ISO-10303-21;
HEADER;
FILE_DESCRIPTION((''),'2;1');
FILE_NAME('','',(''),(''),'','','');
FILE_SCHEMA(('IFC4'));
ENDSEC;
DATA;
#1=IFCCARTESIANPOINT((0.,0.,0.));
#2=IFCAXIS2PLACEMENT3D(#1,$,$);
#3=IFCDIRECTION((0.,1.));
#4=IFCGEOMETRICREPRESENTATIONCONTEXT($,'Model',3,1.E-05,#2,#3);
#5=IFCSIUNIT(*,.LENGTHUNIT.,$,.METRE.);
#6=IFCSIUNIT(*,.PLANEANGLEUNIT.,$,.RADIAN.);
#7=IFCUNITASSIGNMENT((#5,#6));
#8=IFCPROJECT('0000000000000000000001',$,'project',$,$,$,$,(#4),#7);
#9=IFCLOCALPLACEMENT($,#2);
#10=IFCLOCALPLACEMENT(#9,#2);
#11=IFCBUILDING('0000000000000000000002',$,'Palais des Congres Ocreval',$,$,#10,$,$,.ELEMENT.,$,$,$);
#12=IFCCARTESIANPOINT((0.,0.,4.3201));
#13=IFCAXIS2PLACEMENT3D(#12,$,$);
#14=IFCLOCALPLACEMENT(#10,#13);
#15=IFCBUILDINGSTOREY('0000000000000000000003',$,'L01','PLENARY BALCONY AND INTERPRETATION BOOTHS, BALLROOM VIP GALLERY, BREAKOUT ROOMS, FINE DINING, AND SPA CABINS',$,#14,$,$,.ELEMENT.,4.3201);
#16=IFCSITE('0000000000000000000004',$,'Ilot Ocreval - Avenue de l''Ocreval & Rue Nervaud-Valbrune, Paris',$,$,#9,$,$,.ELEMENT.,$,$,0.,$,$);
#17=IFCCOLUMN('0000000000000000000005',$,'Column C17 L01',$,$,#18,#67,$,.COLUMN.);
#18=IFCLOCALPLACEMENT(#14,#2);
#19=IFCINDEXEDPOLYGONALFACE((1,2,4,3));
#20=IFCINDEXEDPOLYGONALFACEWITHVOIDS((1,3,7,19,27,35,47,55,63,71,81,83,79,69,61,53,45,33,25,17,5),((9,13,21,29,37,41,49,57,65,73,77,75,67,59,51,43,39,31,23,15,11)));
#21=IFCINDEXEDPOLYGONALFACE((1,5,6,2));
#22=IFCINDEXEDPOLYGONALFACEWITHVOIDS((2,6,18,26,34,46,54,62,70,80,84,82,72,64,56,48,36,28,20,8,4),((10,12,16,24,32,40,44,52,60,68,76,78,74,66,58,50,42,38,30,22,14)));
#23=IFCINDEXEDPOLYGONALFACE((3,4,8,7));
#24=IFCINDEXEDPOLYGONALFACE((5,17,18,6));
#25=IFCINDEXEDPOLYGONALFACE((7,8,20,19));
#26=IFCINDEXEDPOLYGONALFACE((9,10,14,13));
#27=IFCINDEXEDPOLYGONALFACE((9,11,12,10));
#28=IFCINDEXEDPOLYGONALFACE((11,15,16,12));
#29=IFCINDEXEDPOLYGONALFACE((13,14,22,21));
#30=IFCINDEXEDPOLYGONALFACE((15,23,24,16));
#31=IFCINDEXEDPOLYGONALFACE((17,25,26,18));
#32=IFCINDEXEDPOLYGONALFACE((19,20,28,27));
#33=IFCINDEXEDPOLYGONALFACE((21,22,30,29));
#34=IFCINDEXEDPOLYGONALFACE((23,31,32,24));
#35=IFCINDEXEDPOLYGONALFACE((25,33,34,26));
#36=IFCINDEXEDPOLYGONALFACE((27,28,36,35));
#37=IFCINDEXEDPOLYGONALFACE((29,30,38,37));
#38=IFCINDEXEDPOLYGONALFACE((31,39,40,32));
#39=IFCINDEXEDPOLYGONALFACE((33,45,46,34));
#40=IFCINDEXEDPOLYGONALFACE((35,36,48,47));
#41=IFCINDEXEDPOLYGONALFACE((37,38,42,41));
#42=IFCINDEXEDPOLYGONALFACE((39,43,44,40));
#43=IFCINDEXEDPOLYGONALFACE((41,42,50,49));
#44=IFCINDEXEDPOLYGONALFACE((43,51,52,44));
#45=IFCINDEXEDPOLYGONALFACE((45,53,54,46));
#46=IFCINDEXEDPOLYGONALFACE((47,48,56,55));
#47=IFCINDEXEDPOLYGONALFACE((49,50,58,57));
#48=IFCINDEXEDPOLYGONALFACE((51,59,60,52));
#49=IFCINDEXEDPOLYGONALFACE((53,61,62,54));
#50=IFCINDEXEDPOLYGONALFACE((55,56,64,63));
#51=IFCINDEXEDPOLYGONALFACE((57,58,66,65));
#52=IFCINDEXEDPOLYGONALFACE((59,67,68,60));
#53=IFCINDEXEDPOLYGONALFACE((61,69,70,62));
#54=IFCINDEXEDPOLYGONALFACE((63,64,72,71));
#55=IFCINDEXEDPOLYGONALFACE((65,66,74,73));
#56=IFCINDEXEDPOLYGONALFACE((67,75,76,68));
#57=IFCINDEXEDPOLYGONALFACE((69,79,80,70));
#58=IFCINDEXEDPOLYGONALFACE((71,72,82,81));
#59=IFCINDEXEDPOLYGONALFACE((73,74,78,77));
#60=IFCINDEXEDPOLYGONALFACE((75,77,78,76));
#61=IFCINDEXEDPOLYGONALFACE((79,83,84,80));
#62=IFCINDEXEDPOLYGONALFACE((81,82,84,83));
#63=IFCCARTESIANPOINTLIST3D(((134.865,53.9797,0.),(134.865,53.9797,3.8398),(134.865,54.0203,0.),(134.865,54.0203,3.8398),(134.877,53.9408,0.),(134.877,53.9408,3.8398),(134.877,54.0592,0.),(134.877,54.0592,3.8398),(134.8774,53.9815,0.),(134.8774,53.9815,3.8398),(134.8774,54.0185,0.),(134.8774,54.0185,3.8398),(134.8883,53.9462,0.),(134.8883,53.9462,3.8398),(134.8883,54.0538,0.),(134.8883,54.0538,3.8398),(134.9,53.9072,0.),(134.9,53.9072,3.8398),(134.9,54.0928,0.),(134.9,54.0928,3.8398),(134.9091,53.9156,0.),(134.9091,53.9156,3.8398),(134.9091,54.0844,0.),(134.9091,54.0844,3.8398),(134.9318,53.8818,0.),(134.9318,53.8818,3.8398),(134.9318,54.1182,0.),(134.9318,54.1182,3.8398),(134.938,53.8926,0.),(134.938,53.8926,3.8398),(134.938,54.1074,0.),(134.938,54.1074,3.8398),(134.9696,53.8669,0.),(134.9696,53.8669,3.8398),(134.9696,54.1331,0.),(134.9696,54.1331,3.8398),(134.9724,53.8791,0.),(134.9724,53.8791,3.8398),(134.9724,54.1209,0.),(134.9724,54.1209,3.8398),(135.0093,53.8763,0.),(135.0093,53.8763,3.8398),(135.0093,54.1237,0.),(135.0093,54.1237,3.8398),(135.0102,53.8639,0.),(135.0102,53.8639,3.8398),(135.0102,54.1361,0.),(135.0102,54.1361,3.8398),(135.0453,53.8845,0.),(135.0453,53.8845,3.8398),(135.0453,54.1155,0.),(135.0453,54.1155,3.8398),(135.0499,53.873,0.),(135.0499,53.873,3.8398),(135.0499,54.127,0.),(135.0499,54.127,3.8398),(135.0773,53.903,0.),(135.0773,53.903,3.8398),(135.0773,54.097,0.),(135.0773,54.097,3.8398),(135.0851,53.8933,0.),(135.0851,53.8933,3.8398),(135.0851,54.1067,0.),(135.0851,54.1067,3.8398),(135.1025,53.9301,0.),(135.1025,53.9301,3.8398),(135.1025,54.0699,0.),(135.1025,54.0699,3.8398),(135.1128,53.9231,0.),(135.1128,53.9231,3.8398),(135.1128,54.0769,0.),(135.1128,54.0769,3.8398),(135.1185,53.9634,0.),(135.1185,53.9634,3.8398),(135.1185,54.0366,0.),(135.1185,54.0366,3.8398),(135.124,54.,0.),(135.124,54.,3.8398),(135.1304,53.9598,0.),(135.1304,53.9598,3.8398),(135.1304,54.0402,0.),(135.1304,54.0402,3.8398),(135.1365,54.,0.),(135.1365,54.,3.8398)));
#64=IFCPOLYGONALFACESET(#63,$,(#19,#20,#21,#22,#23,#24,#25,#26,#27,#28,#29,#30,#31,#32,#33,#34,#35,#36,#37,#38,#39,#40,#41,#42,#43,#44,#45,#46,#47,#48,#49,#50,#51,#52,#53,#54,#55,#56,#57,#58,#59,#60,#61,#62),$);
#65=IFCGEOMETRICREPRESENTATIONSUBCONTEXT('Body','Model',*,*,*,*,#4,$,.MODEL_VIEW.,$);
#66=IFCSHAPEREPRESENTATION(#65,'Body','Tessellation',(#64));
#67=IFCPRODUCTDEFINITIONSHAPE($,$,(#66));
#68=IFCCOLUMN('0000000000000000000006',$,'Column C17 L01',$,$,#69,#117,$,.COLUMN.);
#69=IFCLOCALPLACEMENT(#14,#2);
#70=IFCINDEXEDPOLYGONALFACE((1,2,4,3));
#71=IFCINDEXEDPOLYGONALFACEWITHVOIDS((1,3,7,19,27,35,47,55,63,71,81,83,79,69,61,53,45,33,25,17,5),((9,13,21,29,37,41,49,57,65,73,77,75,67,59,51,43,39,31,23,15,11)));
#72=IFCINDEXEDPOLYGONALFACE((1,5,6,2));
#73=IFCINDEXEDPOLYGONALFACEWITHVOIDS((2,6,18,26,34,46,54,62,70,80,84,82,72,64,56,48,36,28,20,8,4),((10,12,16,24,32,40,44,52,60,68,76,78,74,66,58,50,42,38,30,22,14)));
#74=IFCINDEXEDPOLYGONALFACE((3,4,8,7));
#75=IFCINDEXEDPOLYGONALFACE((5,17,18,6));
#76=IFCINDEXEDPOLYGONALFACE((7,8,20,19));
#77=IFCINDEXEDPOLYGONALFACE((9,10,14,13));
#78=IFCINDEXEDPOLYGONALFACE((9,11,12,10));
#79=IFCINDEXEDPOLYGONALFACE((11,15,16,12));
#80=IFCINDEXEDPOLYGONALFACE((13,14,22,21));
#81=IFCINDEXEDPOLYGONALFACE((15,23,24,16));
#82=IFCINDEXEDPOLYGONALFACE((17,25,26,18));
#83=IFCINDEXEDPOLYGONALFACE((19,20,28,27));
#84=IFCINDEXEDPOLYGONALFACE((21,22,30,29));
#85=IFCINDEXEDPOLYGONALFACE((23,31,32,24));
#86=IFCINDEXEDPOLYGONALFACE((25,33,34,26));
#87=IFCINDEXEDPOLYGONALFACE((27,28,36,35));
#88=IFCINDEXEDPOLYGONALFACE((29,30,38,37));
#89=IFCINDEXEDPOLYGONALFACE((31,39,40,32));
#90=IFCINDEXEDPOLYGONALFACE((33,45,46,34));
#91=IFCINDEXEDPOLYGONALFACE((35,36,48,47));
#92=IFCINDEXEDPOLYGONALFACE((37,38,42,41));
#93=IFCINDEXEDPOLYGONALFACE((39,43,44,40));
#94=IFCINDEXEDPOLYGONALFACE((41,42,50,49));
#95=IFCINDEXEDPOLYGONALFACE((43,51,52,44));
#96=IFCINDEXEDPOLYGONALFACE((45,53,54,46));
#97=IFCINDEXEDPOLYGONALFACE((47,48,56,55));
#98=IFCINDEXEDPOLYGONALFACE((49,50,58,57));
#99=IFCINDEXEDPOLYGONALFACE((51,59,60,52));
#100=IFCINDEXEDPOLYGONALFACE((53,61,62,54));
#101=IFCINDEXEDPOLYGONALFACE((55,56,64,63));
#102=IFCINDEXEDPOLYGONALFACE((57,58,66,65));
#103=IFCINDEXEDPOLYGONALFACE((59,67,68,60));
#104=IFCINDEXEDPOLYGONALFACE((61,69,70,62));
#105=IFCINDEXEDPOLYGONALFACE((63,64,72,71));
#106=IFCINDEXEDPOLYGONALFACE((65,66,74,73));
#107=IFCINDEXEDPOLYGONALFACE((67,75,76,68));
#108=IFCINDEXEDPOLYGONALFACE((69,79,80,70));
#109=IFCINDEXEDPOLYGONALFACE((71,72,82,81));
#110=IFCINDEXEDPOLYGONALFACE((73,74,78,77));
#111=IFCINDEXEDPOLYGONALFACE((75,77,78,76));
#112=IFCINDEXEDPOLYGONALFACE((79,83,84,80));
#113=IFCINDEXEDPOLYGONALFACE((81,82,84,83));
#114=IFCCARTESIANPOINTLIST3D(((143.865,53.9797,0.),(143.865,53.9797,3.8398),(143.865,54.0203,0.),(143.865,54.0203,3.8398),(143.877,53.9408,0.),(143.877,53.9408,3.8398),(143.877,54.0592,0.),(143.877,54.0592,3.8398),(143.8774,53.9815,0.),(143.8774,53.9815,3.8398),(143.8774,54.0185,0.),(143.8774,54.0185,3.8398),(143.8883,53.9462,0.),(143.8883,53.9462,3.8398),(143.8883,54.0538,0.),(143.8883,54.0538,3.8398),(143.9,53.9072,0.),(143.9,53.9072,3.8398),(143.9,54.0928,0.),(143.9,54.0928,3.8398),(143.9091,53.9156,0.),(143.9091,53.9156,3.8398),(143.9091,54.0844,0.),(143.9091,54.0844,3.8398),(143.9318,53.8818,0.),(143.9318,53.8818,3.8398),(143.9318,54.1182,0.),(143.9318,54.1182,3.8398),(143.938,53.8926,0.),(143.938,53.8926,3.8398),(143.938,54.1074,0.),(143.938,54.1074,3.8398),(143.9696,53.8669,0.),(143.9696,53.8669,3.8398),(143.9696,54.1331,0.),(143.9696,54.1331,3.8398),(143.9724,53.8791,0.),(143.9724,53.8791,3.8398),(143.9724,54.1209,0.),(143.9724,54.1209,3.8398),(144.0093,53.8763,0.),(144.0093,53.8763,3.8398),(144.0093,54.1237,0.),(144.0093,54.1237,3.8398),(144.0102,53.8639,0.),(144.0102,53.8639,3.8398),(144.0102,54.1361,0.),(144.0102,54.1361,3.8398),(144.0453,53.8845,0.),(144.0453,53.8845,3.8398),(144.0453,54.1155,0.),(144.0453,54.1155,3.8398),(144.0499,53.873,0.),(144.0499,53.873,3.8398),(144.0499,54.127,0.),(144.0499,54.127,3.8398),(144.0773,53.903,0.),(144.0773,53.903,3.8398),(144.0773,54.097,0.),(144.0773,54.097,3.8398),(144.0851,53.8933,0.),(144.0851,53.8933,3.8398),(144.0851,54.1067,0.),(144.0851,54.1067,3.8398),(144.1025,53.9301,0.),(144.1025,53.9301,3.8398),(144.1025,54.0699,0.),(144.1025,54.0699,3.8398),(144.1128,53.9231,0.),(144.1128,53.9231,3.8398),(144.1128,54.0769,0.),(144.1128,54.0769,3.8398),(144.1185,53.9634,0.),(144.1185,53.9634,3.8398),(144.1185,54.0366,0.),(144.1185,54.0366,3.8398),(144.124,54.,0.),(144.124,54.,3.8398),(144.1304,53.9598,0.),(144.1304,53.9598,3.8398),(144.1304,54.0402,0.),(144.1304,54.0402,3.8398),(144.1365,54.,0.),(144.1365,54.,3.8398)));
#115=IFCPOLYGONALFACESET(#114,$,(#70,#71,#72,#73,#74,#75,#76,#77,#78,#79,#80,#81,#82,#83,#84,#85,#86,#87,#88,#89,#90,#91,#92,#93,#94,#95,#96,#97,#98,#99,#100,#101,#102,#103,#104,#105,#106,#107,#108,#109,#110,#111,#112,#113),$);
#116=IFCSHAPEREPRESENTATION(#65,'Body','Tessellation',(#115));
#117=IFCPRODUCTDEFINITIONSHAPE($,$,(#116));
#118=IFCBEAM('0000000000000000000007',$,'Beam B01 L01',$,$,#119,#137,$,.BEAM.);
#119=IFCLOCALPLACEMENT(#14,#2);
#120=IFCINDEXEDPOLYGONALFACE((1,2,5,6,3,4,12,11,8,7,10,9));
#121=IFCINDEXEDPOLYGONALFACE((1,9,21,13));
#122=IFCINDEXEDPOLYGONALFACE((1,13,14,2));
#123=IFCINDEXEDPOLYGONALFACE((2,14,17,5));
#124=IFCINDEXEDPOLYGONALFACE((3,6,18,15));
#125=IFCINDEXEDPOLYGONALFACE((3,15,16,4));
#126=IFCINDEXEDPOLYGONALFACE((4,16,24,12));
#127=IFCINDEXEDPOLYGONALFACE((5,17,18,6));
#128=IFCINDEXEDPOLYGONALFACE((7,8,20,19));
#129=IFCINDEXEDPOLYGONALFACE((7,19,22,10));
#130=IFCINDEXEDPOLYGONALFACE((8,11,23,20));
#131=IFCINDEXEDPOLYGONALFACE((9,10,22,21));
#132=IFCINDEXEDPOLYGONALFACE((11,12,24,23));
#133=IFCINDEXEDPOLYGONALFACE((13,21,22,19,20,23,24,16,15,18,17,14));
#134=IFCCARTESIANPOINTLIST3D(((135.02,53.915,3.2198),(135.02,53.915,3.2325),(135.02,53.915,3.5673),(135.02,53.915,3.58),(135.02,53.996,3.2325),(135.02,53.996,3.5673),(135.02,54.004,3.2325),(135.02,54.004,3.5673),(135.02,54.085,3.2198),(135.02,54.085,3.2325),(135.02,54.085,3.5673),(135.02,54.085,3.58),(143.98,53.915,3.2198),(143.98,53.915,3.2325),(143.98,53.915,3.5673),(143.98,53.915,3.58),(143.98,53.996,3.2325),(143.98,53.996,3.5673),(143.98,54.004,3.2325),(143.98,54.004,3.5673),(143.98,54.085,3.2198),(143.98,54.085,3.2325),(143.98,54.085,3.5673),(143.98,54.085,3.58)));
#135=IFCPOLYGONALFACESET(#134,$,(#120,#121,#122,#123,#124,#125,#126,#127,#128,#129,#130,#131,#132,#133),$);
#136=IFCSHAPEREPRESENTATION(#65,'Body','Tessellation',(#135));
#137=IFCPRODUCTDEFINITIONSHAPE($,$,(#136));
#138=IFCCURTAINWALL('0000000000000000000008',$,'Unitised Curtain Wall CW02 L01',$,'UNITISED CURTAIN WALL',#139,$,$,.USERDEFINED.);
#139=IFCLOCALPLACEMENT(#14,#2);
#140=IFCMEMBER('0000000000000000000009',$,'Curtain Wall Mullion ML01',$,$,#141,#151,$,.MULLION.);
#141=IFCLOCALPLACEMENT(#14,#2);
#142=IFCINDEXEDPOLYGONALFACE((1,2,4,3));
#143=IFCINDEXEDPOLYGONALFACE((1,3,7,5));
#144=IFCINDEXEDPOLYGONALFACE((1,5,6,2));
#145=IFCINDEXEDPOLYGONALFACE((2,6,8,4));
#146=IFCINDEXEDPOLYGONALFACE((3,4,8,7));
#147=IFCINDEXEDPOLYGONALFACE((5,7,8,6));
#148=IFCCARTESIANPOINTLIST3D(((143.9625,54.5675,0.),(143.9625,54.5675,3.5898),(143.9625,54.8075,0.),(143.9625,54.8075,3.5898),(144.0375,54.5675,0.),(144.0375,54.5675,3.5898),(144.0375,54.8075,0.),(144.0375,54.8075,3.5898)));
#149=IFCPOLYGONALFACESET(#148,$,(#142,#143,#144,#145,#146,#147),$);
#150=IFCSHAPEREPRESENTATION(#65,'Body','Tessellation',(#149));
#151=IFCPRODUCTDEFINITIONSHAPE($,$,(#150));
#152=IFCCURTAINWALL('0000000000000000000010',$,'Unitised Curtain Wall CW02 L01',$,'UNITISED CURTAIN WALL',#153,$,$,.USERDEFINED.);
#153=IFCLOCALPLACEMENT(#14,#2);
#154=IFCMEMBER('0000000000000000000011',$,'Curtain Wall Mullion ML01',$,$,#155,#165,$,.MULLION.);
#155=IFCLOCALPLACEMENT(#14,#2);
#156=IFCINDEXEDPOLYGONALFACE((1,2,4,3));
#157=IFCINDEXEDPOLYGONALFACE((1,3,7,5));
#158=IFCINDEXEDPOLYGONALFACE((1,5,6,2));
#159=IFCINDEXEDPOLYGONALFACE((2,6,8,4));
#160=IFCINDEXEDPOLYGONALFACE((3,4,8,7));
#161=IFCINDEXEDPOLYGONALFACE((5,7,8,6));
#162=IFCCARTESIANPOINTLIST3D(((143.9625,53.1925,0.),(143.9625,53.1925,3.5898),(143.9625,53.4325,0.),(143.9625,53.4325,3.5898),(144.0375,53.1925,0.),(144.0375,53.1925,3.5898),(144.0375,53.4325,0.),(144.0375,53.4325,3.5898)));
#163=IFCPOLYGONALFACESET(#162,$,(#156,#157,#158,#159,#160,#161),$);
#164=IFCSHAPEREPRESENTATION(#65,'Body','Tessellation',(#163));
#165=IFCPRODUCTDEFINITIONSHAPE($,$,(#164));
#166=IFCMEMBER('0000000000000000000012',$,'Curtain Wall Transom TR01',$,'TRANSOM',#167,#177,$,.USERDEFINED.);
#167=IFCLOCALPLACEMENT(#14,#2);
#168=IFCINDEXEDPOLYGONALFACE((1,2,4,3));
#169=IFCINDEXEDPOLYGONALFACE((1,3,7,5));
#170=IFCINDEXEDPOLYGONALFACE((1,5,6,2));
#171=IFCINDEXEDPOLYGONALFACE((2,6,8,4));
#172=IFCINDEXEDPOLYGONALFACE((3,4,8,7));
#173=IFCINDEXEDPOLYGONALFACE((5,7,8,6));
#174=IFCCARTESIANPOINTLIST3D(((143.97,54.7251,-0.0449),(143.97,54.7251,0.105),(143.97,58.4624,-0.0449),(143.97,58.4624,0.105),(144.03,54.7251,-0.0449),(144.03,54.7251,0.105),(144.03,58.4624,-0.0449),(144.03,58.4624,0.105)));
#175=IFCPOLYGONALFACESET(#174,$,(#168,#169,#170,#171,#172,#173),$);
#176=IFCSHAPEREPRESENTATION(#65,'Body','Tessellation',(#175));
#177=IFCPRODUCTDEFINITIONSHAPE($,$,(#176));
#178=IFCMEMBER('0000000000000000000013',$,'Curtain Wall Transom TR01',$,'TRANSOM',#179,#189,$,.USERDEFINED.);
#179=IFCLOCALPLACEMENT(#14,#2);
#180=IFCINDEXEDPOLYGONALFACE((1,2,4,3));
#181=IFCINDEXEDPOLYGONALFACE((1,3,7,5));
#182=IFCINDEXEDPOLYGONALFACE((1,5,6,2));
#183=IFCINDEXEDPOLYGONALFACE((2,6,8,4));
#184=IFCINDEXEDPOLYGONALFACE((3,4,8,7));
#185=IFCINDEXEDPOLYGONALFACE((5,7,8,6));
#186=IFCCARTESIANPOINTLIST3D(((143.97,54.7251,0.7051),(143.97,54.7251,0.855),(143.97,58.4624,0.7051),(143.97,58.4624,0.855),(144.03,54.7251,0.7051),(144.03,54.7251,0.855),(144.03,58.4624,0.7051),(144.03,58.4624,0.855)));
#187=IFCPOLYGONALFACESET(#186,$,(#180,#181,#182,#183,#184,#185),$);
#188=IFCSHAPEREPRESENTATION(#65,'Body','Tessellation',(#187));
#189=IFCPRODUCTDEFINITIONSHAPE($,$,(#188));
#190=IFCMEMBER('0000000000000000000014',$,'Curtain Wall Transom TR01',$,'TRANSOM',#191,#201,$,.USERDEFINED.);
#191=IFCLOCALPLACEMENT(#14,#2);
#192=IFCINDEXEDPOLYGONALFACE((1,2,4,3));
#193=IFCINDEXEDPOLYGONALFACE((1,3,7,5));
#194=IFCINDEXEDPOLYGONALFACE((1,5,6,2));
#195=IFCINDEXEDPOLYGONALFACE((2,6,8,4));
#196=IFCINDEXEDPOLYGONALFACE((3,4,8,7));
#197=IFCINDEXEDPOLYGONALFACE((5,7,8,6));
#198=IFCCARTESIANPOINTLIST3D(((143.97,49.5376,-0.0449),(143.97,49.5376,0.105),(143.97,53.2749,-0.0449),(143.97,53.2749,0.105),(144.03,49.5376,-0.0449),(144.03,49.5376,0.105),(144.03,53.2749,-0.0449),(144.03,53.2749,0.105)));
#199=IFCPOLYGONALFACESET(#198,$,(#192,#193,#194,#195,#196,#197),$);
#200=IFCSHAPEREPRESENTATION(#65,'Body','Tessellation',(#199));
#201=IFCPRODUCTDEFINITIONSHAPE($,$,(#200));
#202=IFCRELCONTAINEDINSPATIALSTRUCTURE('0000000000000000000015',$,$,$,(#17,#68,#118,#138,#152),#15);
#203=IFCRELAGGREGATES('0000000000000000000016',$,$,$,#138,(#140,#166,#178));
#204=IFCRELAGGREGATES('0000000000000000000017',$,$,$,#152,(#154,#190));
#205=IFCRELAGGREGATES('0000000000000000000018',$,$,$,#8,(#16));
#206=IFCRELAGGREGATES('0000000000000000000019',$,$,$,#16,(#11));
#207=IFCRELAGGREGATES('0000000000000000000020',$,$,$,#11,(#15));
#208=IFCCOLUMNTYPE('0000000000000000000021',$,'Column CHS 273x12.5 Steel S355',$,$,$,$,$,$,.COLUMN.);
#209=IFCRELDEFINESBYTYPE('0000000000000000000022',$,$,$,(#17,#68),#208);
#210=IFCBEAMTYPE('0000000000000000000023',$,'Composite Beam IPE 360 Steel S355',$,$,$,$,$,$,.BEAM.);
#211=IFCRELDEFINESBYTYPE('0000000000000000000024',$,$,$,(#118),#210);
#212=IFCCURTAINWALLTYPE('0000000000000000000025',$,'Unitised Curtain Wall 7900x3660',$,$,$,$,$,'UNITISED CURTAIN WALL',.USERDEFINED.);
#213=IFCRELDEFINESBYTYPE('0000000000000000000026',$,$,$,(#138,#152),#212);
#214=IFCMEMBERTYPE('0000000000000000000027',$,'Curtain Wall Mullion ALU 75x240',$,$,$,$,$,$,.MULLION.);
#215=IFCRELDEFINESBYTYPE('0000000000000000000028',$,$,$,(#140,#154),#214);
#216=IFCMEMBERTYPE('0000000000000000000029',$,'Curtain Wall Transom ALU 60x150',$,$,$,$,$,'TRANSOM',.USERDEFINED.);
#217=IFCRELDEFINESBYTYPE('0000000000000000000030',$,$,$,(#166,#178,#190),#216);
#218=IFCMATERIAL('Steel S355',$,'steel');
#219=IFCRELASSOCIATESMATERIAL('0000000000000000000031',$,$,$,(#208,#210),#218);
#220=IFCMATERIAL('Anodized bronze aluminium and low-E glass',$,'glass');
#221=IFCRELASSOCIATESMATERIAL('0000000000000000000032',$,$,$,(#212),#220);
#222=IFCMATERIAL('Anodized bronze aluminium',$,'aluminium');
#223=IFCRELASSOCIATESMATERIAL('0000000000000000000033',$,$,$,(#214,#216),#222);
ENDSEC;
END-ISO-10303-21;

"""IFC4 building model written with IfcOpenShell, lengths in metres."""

from ifc_helpers import new_model, si_unit, direction, frame, origin, origin_2d, place, context, subcontext, project, spatial, rectangle, hollow_circle, i_section, extrude, material, material_profile, profile_set, type_object, element, aggregate, save


model = new_model("IFC4")

# Units and contexts
model_context = context("Model", 3, precision=1e-05, world=origin(), true_north=direction((0.0, 1.0)))
body_context = subcontext(model_context, "Body", "Model", "MODEL_VIEW")
ifc_project = project(units=[si_unit("LENGTHUNIT", "METRE"), si_unit("PLANEANGLEUNIT", "RADIAN")], contexts=[model_context])

# Site, building, storey
site_placement = place(None, origin())
site = spatial("IfcSite", under=ifc_project, at=site_placement, Name="Ilot Ocreval - Avenue de l'Ocreval & Rue Nervaud-Valbrune, Paris", CompositionType="ELEMENT", RefElevation=0.0)
building_placement = place(site_placement, origin())
building = spatial("IfcBuilding", under=site, at=building_placement, Name="Palais des Congres Ocreval", CompositionType="ELEMENT")
storey_placement = place(building_placement, frame((0.0, 0.0, 4.3201)))
storey = spatial("IfcBuildingStorey", under=building, at=storey_placement, Name="L01", Description="PLENARY BALCONY AND INTERPRETATION BOOTHS, BALLROOM VIP GALLERY, BREAKOUT ROOMS, FINE DINING, AND SPA CABINS", CompositionType="ELEMENT", Elevation=4.3201)

# Columns
ifc_material_1 = material(Name="Steel S355", Category="steel")
ifc_material_profile_1 = material_profile(ifc_material_1, hollow_circle(Radius=0.1365, WallThickness=0.0125, at=origin_2d()), Name="CHS 273x12.5")
ifc_profile_set_1 = profile_set([ifc_material_profile_1], Name="Steel S355")
column_type = type_object("IfcColumnType", Name="Column CHS 273x12.5 Steel S355", PredefinedType="COLUMN", material=ifc_profile_set_1)
for number, where, z_axis, x_axis, name in (
    (1, (135.0, 54.0, 0.0), (0.0, 0.0, 1.0), (1.0, 0.0, 0.0), "Column C17 L01"),
    (2, (144.0, 54.0, 0.0), (0.0, 0.0, 1.0), (1.0, 0.0, 0.0), "Column C17 L01"),
):
    element("IfcColumn", number, at=place(storey_placement, frame(where, z_axis=z_axis, x_axis=x_axis)), inside=storey, type_object=column_type, Name=name, PredefinedType="COLUMN", context=body_context, shape_type="SweptSolid", body=[
        extrude(hollow_circle(Radius=0.1365, WallThickness=0.0125, at=origin_2d()), origin(), (0.0, 0.0, 1.0), 3.8398),
    ])

# Beam
ifc_material_profile_2 = material_profile(ifc_material_1, i_section(OverallWidth=0.1699, OverallDepth=0.3601, WebThickness=0.0081, FlangeThickness=0.0127, at=origin_2d()), Name="IPE 360")
ifc_profile_set_2 = profile_set([ifc_material_profile_2], Name="Steel S355")
beam_type_1 = type_object("IfcBeamType", Name="Composite Beam IPE 360 Steel S355", PredefinedType="BEAM", material=ifc_profile_set_2)
beam_1_placement = place(storey_placement, frame((135.02, 54.0, 3.3999), z_axis=(1.0, 0.0, 0.0), x_axis=(0.0, 1.0, 0.0)))
element("IfcBeam", 3, at=beam_1_placement, inside=storey, type_object=beam_type_1, Name="Beam B01 L01", PredefinedType="BEAM", context=body_context, shape_type="SweptSolid", body=[
    extrude(i_section(OverallWidth=0.1699, OverallDepth=0.3601, WebThickness=0.0081, FlangeThickness=0.0127, at=origin_2d()), origin(), (0.0, 0.0, 1.0), 8.96),
])

# Curtain walls, members
ifc_material_2 = material(Name="Anodized bronze aluminium and low-E glass", Category="glass")
curtain_wall_type = type_object("IfcCurtainWallType", Name="Unitised Curtain Wall 7900x3660", ElementType="UNITISED CURTAIN WALL", PredefinedType="USERDEFINED", material=ifc_material_2)
curtain_wall_1_placement = place(storey_placement, origin())
curtain_wall_1 = element("IfcCurtainWall", 4, at=curtain_wall_1_placement, inside=storey, type_object=curtain_wall_type, Name="Unitised Curtain Wall CW02 L01", ObjectType="UNITISED CURTAIN WALL", PredefinedType="USERDEFINED")
ifc_material_3 = material(Name="Anodized bronze aluminium", Category="aluminium")
ifc_material_profile_3 = material_profile(ifc_material_3, rectangle(XDim=0.075, YDim=0.24, at=origin_2d()), Name="ALU 75x240")
ifc_profile_set_3 = profile_set([ifc_material_profile_3], Name="Anodized bronze aluminium")
member_type_1 = type_object("IfcMemberType", Name="Curtain Wall Mullion ALU 75x240", PredefinedType="MULLION", material=ifc_profile_set_3)
member_1_placement = place(storey_placement, frame((144.0, 54.6875, 0.0), z_axis=(0.0, 0.0, 1.0), x_axis=(1.0, 0.0, 0.0)))
member_1 = element("IfcMember", 5, at=member_1_placement, type_object=member_type_1, Name="Curtain Wall Mullion ML01", PredefinedType="MULLION", context=body_context, shape_type="SweptSolid", body=[
    extrude(rectangle(XDim=0.075, YDim=0.24, at=origin_2d()), origin(), (0.0, 0.0, 1.0), 3.5898),
])
curtain_wall_2_placement = place(storey_placement, origin())
curtain_wall_2 = element("IfcCurtainWall", 6, at=curtain_wall_2_placement, inside=storey, type_object=curtain_wall_type, Name="Unitised Curtain Wall CW02 L01", ObjectType="UNITISED CURTAIN WALL", PredefinedType="USERDEFINED")
member_2_placement = place(storey_placement, frame((144.0, 53.3125, 0.0), z_axis=(0.0, 0.0, 1.0), x_axis=(1.0, 0.0, 0.0)))
member_2 = element("IfcMember", 7, at=member_2_placement, type_object=member_type_1, Name="Curtain Wall Mullion ML01", PredefinedType="MULLION", context=body_context, shape_type="SweptSolid", body=[
    extrude(rectangle(XDim=0.075, YDim=0.24, at=origin_2d()), origin(), (0.0, 0.0, 1.0), 3.5898),
])

# Members
ifc_material_profile_4 = material_profile(ifc_material_3, rectangle(XDim=0.0601, YDim=0.1499, at=origin_2d()), Name="ALU 60x150")
ifc_profile_set_4 = profile_set([ifc_material_profile_4], Name="Anodized bronze aluminium")
member_type_2 = type_object("IfcMemberType", Name="Curtain Wall Transom ALU 60x150", ElementType="TRANSOM", PredefinedType="USERDEFINED", material=ifc_profile_set_4)
member_3_placement = place(storey_placement, frame((144.0, 58.4624, 0.03), z_axis=(0.0, -1.0, 0.0), x_axis=(1.0, 0.0, 0.0)))
member_3 = element("IfcMember", 8, at=member_3_placement, type_object=member_type_2, Name="Curtain Wall Transom TR01", ObjectType="TRANSOM", PredefinedType="USERDEFINED", context=body_context, shape_type="SweptSolid", body=[
    extrude(rectangle(XDim=0.0601, YDim=0.1499, at=origin_2d()), origin(), (0.0, 0.0, 1.0), 3.7373),
])
member_4_placement = place(storey_placement, frame((144.0, 58.4624, 0.78), z_axis=(0.0, -1.0, 0.0), x_axis=(1.0, 0.0, 0.0)))
member_4 = element("IfcMember", 9, at=member_4_placement, type_object=member_type_2, Name="Curtain Wall Transom TR01", ObjectType="TRANSOM", PredefinedType="USERDEFINED", context=body_context, shape_type="SweptSolid", body=[
    extrude(rectangle(XDim=0.0601, YDim=0.1499, at=origin_2d()), origin(), (0.0, 0.0, 1.0), 3.7373),
])
member_5_placement = place(storey_placement, frame((144.0, 53.2749, 0.03), z_axis=(0.0, -1.0, 0.0), x_axis=(1.0, 0.0, 0.0)))
member_5 = element("IfcMember", 10, at=member_5_placement, type_object=member_type_2, Name="Curtain Wall Transom TR01", ObjectType="TRANSOM", PredefinedType="USERDEFINED", context=body_context, shape_type="SweptSolid", body=[
    extrude(rectangle(XDim=0.0601, YDim=0.1499, at=origin_2d()), origin(), (0.0, 0.0, 1.0), 3.7373),
])

aggregate(curtain_wall_1, [member_1, member_3, member_4])
aggregate(curtain_wall_2, [member_2, member_5])

save(model, "model.ifc")
